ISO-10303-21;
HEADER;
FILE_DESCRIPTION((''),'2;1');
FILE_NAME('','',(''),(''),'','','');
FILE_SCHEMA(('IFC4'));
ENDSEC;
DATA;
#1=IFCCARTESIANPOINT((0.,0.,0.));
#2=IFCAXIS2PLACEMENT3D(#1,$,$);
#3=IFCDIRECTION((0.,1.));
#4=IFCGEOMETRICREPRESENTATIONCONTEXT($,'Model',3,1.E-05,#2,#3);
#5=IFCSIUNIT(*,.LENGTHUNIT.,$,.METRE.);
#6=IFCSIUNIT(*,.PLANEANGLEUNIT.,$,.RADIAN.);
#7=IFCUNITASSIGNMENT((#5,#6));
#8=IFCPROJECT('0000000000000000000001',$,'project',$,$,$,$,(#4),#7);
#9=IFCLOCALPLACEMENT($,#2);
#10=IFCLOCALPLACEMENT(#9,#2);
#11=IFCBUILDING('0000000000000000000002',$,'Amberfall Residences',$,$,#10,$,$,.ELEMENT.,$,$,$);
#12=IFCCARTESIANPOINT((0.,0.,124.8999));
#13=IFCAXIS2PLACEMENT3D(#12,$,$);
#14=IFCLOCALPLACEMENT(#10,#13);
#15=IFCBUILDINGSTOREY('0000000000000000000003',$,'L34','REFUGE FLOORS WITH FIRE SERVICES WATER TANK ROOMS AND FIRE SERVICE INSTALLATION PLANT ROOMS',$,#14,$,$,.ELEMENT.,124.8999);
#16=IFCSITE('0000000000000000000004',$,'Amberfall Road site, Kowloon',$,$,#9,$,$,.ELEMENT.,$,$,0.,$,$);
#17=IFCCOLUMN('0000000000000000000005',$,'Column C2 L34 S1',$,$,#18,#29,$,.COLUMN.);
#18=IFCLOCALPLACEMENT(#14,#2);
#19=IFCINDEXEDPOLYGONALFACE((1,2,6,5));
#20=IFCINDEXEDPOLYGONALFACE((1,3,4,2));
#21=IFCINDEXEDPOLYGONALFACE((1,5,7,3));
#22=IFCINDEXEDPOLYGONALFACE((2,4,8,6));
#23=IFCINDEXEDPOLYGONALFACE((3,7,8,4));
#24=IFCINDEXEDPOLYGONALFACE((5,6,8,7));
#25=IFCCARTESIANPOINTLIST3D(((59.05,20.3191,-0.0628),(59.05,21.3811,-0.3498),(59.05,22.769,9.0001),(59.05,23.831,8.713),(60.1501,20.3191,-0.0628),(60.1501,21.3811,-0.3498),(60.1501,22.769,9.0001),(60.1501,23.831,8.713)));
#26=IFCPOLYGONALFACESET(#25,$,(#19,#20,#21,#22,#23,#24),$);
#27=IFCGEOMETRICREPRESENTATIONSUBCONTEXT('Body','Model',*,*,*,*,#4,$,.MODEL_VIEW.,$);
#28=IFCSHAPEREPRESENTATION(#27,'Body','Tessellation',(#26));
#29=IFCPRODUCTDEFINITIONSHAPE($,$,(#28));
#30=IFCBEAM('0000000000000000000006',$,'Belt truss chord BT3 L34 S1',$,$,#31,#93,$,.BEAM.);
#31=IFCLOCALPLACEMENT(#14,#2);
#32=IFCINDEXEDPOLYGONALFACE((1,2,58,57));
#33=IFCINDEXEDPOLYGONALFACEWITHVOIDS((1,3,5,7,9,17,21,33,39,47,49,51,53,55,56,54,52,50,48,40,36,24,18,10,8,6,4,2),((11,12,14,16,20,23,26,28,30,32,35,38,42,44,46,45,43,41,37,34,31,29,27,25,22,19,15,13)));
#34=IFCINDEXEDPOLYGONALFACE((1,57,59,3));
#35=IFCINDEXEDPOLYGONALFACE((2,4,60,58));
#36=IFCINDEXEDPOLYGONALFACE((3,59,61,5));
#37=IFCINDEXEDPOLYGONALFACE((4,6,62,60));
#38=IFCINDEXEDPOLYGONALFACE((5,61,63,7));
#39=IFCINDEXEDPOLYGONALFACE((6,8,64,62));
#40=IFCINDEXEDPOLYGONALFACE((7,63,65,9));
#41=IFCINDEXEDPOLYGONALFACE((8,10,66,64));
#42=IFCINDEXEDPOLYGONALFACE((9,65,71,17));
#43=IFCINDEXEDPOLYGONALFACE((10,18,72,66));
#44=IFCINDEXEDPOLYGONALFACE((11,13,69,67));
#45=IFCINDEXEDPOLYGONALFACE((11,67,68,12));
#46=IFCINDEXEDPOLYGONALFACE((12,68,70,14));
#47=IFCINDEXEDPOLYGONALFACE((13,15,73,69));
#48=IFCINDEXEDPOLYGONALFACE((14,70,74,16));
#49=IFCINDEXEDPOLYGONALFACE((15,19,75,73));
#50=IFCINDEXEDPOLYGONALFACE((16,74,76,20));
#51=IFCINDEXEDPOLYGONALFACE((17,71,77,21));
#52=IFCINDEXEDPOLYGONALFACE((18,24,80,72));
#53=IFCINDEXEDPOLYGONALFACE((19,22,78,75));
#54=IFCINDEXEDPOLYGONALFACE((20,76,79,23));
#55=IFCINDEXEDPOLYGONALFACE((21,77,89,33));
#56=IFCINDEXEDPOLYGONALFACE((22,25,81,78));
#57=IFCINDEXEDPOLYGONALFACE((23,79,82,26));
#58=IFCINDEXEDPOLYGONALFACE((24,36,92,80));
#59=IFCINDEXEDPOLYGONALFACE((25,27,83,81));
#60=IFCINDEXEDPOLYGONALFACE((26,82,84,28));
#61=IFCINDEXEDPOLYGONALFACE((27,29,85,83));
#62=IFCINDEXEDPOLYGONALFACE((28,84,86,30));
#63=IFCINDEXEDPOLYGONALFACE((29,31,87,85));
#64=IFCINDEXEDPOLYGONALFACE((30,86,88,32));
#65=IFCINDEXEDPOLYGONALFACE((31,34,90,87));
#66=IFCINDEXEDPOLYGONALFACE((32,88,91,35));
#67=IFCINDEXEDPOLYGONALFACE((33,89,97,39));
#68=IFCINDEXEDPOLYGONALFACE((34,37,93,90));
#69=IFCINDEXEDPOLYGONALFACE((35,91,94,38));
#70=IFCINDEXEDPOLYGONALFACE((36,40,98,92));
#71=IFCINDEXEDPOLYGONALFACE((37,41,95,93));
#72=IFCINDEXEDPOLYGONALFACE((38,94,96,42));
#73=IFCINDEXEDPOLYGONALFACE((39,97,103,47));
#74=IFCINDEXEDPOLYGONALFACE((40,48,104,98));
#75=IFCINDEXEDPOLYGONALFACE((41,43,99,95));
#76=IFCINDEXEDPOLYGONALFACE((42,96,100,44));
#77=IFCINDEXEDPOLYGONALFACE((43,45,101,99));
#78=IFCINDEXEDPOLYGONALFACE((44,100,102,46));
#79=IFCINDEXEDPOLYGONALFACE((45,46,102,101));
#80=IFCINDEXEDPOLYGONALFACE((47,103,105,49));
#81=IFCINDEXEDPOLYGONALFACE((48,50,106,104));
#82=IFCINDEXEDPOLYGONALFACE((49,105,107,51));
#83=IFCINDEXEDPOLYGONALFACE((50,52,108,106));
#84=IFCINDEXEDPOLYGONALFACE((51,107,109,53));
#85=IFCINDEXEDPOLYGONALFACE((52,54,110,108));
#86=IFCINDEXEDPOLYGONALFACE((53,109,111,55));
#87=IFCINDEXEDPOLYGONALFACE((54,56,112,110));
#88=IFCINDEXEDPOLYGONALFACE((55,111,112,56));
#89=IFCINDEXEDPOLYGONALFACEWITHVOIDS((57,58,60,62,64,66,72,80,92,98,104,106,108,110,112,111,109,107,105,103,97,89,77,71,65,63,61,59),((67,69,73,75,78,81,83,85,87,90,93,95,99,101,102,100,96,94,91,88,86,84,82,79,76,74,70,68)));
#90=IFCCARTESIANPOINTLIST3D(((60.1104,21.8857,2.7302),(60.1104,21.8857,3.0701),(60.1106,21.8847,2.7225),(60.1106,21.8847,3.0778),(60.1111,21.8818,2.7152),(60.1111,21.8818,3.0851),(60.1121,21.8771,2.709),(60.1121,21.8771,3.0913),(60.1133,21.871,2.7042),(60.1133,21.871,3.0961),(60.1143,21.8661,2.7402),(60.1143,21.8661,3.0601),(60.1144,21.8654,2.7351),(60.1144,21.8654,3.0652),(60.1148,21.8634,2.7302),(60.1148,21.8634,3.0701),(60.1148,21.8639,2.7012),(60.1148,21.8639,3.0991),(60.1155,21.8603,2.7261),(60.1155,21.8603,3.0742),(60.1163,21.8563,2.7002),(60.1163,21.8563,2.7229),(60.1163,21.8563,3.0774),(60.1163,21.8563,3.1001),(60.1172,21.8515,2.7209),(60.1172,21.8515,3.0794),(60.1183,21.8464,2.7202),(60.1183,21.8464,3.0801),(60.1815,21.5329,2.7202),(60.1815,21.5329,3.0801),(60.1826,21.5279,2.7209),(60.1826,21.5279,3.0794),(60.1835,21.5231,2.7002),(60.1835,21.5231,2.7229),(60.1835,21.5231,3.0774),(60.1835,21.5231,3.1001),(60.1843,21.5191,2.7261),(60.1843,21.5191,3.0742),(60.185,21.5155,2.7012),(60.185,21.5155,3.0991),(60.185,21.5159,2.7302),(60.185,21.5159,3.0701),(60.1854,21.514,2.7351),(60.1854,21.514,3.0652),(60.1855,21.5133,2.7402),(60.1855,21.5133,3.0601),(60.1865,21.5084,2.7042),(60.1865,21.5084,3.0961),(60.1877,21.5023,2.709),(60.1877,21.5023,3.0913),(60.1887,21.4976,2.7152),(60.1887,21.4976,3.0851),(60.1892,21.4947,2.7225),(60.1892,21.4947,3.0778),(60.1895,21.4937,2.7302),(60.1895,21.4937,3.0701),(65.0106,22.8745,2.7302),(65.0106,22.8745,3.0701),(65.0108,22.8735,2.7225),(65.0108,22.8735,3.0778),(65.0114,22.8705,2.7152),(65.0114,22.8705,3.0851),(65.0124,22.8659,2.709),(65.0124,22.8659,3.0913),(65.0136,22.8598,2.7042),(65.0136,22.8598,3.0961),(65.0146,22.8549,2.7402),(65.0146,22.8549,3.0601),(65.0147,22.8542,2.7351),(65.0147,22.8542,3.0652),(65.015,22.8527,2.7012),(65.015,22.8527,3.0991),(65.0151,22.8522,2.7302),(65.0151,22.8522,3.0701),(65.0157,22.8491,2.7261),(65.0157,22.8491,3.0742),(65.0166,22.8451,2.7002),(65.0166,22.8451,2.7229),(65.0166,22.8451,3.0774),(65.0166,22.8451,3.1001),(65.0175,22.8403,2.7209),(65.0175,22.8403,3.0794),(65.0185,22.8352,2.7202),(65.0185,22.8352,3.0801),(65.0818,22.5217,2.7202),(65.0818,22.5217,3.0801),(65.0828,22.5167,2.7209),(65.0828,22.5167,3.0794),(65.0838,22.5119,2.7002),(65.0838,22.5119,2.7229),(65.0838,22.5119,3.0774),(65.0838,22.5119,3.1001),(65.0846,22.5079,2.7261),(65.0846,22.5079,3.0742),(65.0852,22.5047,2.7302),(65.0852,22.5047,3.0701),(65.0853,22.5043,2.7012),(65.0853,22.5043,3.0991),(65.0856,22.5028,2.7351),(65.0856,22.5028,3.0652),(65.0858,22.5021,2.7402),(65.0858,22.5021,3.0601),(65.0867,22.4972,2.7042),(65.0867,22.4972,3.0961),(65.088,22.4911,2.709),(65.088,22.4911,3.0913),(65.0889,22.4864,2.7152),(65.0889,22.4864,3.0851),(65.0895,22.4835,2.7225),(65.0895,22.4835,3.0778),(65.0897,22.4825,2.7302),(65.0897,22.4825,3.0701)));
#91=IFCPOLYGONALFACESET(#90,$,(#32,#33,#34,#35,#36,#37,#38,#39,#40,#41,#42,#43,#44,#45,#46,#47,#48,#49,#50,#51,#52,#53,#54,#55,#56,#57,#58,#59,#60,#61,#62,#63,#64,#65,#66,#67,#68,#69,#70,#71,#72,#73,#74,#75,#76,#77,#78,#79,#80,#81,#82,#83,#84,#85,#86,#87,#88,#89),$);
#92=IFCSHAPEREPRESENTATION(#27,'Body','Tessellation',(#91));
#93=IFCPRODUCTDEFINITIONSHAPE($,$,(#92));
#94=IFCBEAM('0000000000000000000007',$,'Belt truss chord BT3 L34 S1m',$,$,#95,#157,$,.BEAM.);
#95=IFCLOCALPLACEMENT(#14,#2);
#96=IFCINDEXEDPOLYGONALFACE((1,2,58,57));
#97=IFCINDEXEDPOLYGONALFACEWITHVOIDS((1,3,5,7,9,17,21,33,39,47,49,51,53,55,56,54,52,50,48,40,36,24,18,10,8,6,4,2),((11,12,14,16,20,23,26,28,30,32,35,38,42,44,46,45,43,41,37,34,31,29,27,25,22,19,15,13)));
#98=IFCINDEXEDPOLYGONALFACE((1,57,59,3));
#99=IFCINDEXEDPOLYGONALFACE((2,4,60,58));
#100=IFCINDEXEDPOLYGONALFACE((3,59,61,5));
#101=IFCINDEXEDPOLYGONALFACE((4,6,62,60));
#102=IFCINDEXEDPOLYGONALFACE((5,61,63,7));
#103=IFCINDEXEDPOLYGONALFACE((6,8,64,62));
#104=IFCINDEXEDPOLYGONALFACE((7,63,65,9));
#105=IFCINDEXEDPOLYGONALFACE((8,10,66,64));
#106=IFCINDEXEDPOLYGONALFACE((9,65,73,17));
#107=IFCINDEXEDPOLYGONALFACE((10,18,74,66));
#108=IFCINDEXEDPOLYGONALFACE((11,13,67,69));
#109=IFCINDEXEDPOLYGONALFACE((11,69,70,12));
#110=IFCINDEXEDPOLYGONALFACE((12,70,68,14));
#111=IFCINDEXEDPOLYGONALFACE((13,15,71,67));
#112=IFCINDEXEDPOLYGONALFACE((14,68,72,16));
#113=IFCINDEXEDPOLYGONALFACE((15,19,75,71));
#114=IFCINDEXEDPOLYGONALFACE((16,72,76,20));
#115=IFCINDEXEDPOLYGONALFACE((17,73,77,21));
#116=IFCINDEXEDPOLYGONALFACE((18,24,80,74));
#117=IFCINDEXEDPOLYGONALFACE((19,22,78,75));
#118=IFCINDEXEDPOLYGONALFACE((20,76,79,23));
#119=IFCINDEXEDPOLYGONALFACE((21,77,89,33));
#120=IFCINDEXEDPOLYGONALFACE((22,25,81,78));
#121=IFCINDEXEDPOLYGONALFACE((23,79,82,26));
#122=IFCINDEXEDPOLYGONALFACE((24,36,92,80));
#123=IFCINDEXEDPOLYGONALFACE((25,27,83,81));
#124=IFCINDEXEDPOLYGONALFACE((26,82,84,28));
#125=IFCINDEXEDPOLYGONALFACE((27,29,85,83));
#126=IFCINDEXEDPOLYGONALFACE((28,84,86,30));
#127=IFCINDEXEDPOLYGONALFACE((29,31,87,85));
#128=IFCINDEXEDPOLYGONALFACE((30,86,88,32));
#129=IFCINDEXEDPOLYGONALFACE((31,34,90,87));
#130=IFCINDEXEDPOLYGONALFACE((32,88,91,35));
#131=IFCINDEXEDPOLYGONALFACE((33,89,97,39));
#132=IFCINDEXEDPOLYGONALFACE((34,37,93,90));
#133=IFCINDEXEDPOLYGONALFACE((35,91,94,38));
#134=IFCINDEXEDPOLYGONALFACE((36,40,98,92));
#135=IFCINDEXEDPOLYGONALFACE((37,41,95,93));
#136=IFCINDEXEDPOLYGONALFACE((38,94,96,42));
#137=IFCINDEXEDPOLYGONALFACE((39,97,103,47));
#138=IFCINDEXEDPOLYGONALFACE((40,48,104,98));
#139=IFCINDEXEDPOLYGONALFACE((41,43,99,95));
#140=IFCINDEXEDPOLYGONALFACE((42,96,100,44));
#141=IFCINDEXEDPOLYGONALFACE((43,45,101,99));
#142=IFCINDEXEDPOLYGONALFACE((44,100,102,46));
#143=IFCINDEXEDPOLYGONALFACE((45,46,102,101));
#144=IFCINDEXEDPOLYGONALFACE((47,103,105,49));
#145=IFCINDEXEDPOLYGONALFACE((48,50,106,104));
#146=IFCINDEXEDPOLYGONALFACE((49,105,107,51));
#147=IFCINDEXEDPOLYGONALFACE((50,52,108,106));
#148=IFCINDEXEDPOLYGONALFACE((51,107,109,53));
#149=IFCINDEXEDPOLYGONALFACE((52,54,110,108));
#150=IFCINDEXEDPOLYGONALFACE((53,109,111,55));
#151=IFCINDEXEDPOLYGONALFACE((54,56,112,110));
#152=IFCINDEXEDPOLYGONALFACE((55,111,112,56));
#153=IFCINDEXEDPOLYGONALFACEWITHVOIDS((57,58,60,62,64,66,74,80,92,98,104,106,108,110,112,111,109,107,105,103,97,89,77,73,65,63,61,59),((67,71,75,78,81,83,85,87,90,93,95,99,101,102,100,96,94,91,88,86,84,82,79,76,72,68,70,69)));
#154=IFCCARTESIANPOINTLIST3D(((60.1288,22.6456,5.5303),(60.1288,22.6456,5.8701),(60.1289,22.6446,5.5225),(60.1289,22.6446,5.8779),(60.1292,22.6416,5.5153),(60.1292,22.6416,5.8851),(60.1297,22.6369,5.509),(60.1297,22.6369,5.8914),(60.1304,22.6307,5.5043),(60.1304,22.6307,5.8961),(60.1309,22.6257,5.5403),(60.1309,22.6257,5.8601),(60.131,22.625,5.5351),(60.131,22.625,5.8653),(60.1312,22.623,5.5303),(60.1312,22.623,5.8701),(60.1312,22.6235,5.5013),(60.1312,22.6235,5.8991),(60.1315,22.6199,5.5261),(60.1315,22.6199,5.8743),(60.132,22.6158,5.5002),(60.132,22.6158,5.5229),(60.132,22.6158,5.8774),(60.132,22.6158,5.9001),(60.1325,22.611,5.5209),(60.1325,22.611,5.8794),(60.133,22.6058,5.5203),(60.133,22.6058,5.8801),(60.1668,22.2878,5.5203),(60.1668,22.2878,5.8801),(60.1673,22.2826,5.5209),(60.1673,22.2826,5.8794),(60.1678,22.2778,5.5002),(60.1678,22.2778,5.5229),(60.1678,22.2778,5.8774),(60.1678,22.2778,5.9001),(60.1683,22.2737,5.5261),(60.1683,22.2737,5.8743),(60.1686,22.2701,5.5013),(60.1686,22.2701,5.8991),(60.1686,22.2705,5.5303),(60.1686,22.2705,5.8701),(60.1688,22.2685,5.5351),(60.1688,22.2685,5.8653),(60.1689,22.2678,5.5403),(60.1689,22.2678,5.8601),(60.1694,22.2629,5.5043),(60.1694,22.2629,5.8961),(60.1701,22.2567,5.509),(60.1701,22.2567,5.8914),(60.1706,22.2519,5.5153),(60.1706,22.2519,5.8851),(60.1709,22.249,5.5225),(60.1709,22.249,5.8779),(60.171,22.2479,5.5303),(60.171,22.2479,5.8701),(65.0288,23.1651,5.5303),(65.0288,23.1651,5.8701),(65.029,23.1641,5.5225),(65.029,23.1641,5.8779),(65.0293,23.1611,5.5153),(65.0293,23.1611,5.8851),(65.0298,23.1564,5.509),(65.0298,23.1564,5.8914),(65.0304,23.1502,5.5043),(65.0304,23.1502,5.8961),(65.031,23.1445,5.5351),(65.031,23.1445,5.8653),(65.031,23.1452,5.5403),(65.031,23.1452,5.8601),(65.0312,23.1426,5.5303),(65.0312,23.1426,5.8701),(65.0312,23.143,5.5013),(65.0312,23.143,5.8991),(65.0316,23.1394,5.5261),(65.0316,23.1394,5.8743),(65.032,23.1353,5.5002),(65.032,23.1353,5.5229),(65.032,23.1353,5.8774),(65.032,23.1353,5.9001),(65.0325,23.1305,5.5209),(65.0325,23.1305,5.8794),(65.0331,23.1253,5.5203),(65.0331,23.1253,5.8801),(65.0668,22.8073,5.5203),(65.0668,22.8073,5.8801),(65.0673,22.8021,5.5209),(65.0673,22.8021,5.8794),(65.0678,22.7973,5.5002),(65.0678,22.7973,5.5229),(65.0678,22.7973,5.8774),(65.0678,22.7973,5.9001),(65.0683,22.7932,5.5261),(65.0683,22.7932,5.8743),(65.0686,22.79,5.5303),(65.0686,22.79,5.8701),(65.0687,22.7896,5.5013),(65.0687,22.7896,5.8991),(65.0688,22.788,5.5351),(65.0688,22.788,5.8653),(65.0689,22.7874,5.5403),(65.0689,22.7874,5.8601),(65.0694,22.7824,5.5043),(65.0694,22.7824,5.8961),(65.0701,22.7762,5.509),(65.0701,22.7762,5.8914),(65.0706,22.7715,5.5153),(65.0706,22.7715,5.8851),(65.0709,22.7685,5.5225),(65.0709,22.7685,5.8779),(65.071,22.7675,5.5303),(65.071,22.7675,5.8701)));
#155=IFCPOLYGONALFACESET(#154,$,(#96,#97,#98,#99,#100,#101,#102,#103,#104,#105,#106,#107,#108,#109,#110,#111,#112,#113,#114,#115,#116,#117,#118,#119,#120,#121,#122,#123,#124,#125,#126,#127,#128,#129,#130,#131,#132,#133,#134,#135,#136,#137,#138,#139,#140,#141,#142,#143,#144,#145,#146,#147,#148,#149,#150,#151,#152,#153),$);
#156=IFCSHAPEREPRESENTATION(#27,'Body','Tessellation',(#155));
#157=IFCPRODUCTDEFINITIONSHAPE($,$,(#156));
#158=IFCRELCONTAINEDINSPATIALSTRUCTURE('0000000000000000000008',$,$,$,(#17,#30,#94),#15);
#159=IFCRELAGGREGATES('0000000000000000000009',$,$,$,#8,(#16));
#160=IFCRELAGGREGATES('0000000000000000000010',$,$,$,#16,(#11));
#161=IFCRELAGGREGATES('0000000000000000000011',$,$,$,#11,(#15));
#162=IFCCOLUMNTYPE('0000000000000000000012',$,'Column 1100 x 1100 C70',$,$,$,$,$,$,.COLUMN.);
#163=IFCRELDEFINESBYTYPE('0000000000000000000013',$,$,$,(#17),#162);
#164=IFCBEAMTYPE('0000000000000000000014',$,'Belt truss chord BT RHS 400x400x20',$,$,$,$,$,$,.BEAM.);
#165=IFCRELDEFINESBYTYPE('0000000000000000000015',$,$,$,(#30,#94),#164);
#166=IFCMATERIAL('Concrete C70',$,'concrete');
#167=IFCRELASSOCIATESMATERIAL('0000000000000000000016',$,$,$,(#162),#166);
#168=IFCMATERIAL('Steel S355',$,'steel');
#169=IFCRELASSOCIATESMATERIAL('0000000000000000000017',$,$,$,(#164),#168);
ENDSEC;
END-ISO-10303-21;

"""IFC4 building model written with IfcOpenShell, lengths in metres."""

from ifc_helpers import new_model, si_unit, direction, frame, origin, origin_2d, place, context, subcontext, project, spatial, rectangle, hollow_rectangle, extrude, material, material_profile, profile_set, type_object, element, save


model = new_model("IFC4")

# Units and contexts
model_context = context("Model", 3, precision=1e-05, world=origin(), true_north=direction((0.0, 1.0)))
body_context = subcontext(model_context, "Body", "Model", "MODEL_VIEW")
ifc_project = project(units=[si_unit("LENGTHUNIT", "METRE"), si_unit("PLANEANGLEUNIT", "RADIAN")], contexts=[model_context])

# Site, building, storey
site_placement = place(None, origin())
site = spatial("IfcSite", under=ifc_project, at=site_placement, Name="Amberfall Road site, Kowloon", CompositionType="ELEMENT", RefElevation=0.0)
building_placement = place(site_placement, origin())
building = spatial("IfcBuilding", under=site, at=building_placement, Name="Amberfall Residences", CompositionType="ELEMENT")
storey_placement = place(building_placement, frame((0.0, 0.0, 124.8999)))
storey = spatial("IfcBuildingStorey", under=building, at=storey_placement, Name="L34", Description="REFUGE FLOORS WITH FIRE SERVICES WATER TANK ROOMS AND FIRE SERVICE INSTALLATION PLANT ROOMS", CompositionType="ELEMENT", Elevation=124.8999)

# Column
ifc_material_1 = material(Name="Concrete C70", Category="concrete")
ifc_material_profile_1 = material_profile(ifc_material_1, rectangle(XDim=1.1001, YDim=1.1001, at=origin_2d()), Name="Column 1100 x 1100 C70")
ifc_profile_set_1 = profile_set([ifc_material_profile_1], Name="Concrete C70")
column_type = type_object("IfcColumnType", Name="Column 1100 x 1100 C70", PredefinedType="COLUMN", material=ifc_profile_set_1)
column_placement = place(storey_placement, frame((59.6001, 20.8501, -0.2063), z_axis=(0.0, 0.260958, 0.96535), x_axis=(-1.0, 0.0, 0.0)))
element("IfcColumn", 1, at=column_placement, inside=storey, type_object=column_type, Name="Column C2 L34 S1", PredefinedType="COLUMN", context=body_context, shape_type="SweptSolid", body=[
    extrude(rectangle(XDim=1.1001, YDim=1.1001, at=origin_2d()), origin(), (0.0, 0.0, 1.0), 9.3882),
])

# Beams
ifc_material_2 = material(Name="Steel S355", Category="steel")
ifc_material_profile_2 = material_profile(ifc_material_2, hollow_rectangle(XDim=0.3999, YDim=0.3999, WallThickness=0.02, InnerFilletRadius=0.02, OuterFilletRadius=0.03, at=origin_2d()), Name="RHS 400x400x20")
ifc_profile_set_2 = profile_set([ifc_material_profile_2], Name="Steel S355")
beam_type_1 = type_object("IfcBeamType", Name="Belt truss chord BT RHS 400x400x20", PredefinedType="BEAM", material=ifc_profile_set_2)
beam_1_placement = place(storey_placement, frame((60.1499, 21.6897, 2.9001), z_axis=(0.980243, 0.197797, 0.0), x_axis=(-0.197797, 0.980243, 0.0)))
element("IfcBeam", 2, at=beam_1_placement, inside=storey, type_object=beam_type_1, Name="Belt truss chord BT3 L34 S1", PredefinedType="BEAM", context=body_context, shape_type="SweptSolid", body=[
    extrude(hollow_rectangle(XDim=0.3999, YDim=0.3999, WallThickness=0.02, InnerFilletRadius=0.02, OuterFilletRadius=0.03, at=origin_2d()), origin(), (0.0, 0.0, 1.0), 4.999),
])
beam_2_placement = place(storey_placement, frame((60.1499, 22.4468, 5.7002), z_axis=(0.994426, 0.105433, 0.0), x_axis=(-0.105433, 0.994426, 0.0)))
element("IfcBeam", 3, at=beam_2_placement, inside=storey, type_object=beam_type_1, Name="Belt truss chord BT3 L34 S1m", PredefinedType="BEAM", context=body_context, shape_type="SweptSolid", body=[
    extrude(hollow_rectangle(XDim=0.3999, YDim=0.3999, WallThickness=0.02, InnerFilletRadius=0.02, OuterFilletRadius=0.03, at=origin_2d()), origin(), (0.0, 0.0, 1.0), 4.9275),
])

save(model, "model.ifc")
